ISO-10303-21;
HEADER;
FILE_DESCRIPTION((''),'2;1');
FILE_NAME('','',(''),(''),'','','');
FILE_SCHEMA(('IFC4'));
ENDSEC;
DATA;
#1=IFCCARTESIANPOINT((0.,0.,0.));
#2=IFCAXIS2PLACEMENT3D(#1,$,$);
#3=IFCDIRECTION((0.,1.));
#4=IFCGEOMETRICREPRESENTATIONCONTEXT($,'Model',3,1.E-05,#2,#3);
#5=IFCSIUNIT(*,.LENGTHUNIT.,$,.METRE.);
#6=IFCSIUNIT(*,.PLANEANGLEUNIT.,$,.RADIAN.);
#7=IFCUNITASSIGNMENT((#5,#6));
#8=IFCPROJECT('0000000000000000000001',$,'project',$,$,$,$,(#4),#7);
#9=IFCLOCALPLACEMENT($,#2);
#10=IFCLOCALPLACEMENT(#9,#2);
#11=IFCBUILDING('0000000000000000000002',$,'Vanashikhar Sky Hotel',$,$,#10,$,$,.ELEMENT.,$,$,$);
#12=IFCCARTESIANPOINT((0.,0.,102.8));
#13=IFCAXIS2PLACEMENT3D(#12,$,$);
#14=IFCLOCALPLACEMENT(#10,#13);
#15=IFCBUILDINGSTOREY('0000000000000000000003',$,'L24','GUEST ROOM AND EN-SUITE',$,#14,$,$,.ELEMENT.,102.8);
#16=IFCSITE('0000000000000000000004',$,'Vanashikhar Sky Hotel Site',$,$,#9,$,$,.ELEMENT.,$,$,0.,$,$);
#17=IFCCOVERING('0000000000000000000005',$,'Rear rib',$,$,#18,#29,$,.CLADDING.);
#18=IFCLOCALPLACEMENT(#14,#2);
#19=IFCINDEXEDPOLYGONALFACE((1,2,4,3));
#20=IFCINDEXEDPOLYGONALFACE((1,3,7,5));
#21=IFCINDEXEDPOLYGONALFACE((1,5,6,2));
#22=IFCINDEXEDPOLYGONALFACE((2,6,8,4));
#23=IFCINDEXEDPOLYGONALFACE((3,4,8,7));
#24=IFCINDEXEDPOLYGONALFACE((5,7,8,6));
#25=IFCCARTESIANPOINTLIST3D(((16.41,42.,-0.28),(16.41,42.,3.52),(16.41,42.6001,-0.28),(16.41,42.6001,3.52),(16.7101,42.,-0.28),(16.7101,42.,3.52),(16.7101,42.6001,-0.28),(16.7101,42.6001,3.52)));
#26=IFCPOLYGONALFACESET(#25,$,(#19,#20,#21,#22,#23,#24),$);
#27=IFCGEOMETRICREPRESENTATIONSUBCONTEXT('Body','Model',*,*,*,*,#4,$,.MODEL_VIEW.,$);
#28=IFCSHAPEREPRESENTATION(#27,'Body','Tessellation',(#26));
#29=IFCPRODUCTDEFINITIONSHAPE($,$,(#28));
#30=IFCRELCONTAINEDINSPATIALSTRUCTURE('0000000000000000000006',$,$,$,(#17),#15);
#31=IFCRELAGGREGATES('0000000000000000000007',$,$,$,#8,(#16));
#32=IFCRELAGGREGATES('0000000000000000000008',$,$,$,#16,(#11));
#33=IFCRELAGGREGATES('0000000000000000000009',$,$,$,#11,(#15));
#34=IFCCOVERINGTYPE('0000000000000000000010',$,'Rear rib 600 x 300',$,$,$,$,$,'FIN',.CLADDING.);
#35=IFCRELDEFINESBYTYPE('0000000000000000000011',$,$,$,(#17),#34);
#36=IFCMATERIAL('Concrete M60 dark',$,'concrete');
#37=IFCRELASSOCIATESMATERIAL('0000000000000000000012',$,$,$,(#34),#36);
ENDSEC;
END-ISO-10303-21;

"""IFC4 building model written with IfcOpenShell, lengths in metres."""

from ifc_helpers import new_model, si_unit, direction, frame, origin, origin_2d, place, context, subcontext, project, spatial, rectangle, extrude, source, transform, mapped, material, material_profile, profile_set, type_object, element, save


model = new_model("IFC4")

# Units and contexts
model_context = context("Model", 3, precision=1e-05, world=origin(), true_north=direction((0.0, 1.0)))
body_context = subcontext(model_context, "Body", "Model", "MODEL_VIEW")
ifc_project = project(units=[si_unit("LENGTHUNIT", "METRE"), si_unit("PLANEANGLEUNIT", "RADIAN")], contexts=[model_context])

# Site, building, storey
site_placement = place(None, origin())
site = spatial("IfcSite", under=ifc_project, at=site_placement, Name="Vanashikhar Sky Hotel Site", CompositionType="ELEMENT", RefElevation=0.0)
building_placement = place(site_placement, origin())
building = spatial("IfcBuilding", under=site, at=building_placement, Name="Vanashikhar Sky Hotel", CompositionType="ELEMENT")
storey_placement = place(building_placement, frame((0.0, 0.0, 102.8)))
storey = spatial("IfcBuildingStorey", under=building, at=storey_placement, Name="L24", Description="GUEST ROOM AND EN-SUITE", CompositionType="ELEMENT", Elevation=102.8)

# Covering
ifc_material_1 = material(Name="Concrete M60 dark", Category="concrete")
ifc_material_profile_1 = material_profile(ifc_material_1, rectangle(XDim=0.6001, YDim=0.3, at=origin_2d()))
ifc_profile_set_1 = profile_set([ifc_material_profile_1], Name="Rear rib 600 x 300")
covering_type_1 = type_object("IfcCoveringType", Name="Rear rib 600 x 300", ElementType="FIN", PredefinedType="CLADDING", material=ifc_profile_set_1)
shared_shape_1 = source(origin(), body_context, "Body", "SweptSolid", [
    extrude(rectangle(XDim=0.6001, YDim=0.3, at=origin_2d()), origin(), (0.0, 0.0, 1.0), 3.8),
])
for number, where, z_axis, x_axis, name in (
    (1, (16.5601, 42.3, -0.28), (0.0, 0.0, 1.0), (0.0, 1.0, 0.0), "Rear rib"),
):
    element("IfcCovering", number, at=place(storey_placement, frame(where, z_axis=z_axis, x_axis=x_axis)), inside=storey, type_object=covering_type_1, Name=name, PredefinedType="CLADDING", context=body_context, shape_type="MappedRepresentation", body=[
        mapped(shared_shape_1, transform((0.0, 0.0, 0.0), scale=1.0)),
    ])

save(model, "model.ifc")
